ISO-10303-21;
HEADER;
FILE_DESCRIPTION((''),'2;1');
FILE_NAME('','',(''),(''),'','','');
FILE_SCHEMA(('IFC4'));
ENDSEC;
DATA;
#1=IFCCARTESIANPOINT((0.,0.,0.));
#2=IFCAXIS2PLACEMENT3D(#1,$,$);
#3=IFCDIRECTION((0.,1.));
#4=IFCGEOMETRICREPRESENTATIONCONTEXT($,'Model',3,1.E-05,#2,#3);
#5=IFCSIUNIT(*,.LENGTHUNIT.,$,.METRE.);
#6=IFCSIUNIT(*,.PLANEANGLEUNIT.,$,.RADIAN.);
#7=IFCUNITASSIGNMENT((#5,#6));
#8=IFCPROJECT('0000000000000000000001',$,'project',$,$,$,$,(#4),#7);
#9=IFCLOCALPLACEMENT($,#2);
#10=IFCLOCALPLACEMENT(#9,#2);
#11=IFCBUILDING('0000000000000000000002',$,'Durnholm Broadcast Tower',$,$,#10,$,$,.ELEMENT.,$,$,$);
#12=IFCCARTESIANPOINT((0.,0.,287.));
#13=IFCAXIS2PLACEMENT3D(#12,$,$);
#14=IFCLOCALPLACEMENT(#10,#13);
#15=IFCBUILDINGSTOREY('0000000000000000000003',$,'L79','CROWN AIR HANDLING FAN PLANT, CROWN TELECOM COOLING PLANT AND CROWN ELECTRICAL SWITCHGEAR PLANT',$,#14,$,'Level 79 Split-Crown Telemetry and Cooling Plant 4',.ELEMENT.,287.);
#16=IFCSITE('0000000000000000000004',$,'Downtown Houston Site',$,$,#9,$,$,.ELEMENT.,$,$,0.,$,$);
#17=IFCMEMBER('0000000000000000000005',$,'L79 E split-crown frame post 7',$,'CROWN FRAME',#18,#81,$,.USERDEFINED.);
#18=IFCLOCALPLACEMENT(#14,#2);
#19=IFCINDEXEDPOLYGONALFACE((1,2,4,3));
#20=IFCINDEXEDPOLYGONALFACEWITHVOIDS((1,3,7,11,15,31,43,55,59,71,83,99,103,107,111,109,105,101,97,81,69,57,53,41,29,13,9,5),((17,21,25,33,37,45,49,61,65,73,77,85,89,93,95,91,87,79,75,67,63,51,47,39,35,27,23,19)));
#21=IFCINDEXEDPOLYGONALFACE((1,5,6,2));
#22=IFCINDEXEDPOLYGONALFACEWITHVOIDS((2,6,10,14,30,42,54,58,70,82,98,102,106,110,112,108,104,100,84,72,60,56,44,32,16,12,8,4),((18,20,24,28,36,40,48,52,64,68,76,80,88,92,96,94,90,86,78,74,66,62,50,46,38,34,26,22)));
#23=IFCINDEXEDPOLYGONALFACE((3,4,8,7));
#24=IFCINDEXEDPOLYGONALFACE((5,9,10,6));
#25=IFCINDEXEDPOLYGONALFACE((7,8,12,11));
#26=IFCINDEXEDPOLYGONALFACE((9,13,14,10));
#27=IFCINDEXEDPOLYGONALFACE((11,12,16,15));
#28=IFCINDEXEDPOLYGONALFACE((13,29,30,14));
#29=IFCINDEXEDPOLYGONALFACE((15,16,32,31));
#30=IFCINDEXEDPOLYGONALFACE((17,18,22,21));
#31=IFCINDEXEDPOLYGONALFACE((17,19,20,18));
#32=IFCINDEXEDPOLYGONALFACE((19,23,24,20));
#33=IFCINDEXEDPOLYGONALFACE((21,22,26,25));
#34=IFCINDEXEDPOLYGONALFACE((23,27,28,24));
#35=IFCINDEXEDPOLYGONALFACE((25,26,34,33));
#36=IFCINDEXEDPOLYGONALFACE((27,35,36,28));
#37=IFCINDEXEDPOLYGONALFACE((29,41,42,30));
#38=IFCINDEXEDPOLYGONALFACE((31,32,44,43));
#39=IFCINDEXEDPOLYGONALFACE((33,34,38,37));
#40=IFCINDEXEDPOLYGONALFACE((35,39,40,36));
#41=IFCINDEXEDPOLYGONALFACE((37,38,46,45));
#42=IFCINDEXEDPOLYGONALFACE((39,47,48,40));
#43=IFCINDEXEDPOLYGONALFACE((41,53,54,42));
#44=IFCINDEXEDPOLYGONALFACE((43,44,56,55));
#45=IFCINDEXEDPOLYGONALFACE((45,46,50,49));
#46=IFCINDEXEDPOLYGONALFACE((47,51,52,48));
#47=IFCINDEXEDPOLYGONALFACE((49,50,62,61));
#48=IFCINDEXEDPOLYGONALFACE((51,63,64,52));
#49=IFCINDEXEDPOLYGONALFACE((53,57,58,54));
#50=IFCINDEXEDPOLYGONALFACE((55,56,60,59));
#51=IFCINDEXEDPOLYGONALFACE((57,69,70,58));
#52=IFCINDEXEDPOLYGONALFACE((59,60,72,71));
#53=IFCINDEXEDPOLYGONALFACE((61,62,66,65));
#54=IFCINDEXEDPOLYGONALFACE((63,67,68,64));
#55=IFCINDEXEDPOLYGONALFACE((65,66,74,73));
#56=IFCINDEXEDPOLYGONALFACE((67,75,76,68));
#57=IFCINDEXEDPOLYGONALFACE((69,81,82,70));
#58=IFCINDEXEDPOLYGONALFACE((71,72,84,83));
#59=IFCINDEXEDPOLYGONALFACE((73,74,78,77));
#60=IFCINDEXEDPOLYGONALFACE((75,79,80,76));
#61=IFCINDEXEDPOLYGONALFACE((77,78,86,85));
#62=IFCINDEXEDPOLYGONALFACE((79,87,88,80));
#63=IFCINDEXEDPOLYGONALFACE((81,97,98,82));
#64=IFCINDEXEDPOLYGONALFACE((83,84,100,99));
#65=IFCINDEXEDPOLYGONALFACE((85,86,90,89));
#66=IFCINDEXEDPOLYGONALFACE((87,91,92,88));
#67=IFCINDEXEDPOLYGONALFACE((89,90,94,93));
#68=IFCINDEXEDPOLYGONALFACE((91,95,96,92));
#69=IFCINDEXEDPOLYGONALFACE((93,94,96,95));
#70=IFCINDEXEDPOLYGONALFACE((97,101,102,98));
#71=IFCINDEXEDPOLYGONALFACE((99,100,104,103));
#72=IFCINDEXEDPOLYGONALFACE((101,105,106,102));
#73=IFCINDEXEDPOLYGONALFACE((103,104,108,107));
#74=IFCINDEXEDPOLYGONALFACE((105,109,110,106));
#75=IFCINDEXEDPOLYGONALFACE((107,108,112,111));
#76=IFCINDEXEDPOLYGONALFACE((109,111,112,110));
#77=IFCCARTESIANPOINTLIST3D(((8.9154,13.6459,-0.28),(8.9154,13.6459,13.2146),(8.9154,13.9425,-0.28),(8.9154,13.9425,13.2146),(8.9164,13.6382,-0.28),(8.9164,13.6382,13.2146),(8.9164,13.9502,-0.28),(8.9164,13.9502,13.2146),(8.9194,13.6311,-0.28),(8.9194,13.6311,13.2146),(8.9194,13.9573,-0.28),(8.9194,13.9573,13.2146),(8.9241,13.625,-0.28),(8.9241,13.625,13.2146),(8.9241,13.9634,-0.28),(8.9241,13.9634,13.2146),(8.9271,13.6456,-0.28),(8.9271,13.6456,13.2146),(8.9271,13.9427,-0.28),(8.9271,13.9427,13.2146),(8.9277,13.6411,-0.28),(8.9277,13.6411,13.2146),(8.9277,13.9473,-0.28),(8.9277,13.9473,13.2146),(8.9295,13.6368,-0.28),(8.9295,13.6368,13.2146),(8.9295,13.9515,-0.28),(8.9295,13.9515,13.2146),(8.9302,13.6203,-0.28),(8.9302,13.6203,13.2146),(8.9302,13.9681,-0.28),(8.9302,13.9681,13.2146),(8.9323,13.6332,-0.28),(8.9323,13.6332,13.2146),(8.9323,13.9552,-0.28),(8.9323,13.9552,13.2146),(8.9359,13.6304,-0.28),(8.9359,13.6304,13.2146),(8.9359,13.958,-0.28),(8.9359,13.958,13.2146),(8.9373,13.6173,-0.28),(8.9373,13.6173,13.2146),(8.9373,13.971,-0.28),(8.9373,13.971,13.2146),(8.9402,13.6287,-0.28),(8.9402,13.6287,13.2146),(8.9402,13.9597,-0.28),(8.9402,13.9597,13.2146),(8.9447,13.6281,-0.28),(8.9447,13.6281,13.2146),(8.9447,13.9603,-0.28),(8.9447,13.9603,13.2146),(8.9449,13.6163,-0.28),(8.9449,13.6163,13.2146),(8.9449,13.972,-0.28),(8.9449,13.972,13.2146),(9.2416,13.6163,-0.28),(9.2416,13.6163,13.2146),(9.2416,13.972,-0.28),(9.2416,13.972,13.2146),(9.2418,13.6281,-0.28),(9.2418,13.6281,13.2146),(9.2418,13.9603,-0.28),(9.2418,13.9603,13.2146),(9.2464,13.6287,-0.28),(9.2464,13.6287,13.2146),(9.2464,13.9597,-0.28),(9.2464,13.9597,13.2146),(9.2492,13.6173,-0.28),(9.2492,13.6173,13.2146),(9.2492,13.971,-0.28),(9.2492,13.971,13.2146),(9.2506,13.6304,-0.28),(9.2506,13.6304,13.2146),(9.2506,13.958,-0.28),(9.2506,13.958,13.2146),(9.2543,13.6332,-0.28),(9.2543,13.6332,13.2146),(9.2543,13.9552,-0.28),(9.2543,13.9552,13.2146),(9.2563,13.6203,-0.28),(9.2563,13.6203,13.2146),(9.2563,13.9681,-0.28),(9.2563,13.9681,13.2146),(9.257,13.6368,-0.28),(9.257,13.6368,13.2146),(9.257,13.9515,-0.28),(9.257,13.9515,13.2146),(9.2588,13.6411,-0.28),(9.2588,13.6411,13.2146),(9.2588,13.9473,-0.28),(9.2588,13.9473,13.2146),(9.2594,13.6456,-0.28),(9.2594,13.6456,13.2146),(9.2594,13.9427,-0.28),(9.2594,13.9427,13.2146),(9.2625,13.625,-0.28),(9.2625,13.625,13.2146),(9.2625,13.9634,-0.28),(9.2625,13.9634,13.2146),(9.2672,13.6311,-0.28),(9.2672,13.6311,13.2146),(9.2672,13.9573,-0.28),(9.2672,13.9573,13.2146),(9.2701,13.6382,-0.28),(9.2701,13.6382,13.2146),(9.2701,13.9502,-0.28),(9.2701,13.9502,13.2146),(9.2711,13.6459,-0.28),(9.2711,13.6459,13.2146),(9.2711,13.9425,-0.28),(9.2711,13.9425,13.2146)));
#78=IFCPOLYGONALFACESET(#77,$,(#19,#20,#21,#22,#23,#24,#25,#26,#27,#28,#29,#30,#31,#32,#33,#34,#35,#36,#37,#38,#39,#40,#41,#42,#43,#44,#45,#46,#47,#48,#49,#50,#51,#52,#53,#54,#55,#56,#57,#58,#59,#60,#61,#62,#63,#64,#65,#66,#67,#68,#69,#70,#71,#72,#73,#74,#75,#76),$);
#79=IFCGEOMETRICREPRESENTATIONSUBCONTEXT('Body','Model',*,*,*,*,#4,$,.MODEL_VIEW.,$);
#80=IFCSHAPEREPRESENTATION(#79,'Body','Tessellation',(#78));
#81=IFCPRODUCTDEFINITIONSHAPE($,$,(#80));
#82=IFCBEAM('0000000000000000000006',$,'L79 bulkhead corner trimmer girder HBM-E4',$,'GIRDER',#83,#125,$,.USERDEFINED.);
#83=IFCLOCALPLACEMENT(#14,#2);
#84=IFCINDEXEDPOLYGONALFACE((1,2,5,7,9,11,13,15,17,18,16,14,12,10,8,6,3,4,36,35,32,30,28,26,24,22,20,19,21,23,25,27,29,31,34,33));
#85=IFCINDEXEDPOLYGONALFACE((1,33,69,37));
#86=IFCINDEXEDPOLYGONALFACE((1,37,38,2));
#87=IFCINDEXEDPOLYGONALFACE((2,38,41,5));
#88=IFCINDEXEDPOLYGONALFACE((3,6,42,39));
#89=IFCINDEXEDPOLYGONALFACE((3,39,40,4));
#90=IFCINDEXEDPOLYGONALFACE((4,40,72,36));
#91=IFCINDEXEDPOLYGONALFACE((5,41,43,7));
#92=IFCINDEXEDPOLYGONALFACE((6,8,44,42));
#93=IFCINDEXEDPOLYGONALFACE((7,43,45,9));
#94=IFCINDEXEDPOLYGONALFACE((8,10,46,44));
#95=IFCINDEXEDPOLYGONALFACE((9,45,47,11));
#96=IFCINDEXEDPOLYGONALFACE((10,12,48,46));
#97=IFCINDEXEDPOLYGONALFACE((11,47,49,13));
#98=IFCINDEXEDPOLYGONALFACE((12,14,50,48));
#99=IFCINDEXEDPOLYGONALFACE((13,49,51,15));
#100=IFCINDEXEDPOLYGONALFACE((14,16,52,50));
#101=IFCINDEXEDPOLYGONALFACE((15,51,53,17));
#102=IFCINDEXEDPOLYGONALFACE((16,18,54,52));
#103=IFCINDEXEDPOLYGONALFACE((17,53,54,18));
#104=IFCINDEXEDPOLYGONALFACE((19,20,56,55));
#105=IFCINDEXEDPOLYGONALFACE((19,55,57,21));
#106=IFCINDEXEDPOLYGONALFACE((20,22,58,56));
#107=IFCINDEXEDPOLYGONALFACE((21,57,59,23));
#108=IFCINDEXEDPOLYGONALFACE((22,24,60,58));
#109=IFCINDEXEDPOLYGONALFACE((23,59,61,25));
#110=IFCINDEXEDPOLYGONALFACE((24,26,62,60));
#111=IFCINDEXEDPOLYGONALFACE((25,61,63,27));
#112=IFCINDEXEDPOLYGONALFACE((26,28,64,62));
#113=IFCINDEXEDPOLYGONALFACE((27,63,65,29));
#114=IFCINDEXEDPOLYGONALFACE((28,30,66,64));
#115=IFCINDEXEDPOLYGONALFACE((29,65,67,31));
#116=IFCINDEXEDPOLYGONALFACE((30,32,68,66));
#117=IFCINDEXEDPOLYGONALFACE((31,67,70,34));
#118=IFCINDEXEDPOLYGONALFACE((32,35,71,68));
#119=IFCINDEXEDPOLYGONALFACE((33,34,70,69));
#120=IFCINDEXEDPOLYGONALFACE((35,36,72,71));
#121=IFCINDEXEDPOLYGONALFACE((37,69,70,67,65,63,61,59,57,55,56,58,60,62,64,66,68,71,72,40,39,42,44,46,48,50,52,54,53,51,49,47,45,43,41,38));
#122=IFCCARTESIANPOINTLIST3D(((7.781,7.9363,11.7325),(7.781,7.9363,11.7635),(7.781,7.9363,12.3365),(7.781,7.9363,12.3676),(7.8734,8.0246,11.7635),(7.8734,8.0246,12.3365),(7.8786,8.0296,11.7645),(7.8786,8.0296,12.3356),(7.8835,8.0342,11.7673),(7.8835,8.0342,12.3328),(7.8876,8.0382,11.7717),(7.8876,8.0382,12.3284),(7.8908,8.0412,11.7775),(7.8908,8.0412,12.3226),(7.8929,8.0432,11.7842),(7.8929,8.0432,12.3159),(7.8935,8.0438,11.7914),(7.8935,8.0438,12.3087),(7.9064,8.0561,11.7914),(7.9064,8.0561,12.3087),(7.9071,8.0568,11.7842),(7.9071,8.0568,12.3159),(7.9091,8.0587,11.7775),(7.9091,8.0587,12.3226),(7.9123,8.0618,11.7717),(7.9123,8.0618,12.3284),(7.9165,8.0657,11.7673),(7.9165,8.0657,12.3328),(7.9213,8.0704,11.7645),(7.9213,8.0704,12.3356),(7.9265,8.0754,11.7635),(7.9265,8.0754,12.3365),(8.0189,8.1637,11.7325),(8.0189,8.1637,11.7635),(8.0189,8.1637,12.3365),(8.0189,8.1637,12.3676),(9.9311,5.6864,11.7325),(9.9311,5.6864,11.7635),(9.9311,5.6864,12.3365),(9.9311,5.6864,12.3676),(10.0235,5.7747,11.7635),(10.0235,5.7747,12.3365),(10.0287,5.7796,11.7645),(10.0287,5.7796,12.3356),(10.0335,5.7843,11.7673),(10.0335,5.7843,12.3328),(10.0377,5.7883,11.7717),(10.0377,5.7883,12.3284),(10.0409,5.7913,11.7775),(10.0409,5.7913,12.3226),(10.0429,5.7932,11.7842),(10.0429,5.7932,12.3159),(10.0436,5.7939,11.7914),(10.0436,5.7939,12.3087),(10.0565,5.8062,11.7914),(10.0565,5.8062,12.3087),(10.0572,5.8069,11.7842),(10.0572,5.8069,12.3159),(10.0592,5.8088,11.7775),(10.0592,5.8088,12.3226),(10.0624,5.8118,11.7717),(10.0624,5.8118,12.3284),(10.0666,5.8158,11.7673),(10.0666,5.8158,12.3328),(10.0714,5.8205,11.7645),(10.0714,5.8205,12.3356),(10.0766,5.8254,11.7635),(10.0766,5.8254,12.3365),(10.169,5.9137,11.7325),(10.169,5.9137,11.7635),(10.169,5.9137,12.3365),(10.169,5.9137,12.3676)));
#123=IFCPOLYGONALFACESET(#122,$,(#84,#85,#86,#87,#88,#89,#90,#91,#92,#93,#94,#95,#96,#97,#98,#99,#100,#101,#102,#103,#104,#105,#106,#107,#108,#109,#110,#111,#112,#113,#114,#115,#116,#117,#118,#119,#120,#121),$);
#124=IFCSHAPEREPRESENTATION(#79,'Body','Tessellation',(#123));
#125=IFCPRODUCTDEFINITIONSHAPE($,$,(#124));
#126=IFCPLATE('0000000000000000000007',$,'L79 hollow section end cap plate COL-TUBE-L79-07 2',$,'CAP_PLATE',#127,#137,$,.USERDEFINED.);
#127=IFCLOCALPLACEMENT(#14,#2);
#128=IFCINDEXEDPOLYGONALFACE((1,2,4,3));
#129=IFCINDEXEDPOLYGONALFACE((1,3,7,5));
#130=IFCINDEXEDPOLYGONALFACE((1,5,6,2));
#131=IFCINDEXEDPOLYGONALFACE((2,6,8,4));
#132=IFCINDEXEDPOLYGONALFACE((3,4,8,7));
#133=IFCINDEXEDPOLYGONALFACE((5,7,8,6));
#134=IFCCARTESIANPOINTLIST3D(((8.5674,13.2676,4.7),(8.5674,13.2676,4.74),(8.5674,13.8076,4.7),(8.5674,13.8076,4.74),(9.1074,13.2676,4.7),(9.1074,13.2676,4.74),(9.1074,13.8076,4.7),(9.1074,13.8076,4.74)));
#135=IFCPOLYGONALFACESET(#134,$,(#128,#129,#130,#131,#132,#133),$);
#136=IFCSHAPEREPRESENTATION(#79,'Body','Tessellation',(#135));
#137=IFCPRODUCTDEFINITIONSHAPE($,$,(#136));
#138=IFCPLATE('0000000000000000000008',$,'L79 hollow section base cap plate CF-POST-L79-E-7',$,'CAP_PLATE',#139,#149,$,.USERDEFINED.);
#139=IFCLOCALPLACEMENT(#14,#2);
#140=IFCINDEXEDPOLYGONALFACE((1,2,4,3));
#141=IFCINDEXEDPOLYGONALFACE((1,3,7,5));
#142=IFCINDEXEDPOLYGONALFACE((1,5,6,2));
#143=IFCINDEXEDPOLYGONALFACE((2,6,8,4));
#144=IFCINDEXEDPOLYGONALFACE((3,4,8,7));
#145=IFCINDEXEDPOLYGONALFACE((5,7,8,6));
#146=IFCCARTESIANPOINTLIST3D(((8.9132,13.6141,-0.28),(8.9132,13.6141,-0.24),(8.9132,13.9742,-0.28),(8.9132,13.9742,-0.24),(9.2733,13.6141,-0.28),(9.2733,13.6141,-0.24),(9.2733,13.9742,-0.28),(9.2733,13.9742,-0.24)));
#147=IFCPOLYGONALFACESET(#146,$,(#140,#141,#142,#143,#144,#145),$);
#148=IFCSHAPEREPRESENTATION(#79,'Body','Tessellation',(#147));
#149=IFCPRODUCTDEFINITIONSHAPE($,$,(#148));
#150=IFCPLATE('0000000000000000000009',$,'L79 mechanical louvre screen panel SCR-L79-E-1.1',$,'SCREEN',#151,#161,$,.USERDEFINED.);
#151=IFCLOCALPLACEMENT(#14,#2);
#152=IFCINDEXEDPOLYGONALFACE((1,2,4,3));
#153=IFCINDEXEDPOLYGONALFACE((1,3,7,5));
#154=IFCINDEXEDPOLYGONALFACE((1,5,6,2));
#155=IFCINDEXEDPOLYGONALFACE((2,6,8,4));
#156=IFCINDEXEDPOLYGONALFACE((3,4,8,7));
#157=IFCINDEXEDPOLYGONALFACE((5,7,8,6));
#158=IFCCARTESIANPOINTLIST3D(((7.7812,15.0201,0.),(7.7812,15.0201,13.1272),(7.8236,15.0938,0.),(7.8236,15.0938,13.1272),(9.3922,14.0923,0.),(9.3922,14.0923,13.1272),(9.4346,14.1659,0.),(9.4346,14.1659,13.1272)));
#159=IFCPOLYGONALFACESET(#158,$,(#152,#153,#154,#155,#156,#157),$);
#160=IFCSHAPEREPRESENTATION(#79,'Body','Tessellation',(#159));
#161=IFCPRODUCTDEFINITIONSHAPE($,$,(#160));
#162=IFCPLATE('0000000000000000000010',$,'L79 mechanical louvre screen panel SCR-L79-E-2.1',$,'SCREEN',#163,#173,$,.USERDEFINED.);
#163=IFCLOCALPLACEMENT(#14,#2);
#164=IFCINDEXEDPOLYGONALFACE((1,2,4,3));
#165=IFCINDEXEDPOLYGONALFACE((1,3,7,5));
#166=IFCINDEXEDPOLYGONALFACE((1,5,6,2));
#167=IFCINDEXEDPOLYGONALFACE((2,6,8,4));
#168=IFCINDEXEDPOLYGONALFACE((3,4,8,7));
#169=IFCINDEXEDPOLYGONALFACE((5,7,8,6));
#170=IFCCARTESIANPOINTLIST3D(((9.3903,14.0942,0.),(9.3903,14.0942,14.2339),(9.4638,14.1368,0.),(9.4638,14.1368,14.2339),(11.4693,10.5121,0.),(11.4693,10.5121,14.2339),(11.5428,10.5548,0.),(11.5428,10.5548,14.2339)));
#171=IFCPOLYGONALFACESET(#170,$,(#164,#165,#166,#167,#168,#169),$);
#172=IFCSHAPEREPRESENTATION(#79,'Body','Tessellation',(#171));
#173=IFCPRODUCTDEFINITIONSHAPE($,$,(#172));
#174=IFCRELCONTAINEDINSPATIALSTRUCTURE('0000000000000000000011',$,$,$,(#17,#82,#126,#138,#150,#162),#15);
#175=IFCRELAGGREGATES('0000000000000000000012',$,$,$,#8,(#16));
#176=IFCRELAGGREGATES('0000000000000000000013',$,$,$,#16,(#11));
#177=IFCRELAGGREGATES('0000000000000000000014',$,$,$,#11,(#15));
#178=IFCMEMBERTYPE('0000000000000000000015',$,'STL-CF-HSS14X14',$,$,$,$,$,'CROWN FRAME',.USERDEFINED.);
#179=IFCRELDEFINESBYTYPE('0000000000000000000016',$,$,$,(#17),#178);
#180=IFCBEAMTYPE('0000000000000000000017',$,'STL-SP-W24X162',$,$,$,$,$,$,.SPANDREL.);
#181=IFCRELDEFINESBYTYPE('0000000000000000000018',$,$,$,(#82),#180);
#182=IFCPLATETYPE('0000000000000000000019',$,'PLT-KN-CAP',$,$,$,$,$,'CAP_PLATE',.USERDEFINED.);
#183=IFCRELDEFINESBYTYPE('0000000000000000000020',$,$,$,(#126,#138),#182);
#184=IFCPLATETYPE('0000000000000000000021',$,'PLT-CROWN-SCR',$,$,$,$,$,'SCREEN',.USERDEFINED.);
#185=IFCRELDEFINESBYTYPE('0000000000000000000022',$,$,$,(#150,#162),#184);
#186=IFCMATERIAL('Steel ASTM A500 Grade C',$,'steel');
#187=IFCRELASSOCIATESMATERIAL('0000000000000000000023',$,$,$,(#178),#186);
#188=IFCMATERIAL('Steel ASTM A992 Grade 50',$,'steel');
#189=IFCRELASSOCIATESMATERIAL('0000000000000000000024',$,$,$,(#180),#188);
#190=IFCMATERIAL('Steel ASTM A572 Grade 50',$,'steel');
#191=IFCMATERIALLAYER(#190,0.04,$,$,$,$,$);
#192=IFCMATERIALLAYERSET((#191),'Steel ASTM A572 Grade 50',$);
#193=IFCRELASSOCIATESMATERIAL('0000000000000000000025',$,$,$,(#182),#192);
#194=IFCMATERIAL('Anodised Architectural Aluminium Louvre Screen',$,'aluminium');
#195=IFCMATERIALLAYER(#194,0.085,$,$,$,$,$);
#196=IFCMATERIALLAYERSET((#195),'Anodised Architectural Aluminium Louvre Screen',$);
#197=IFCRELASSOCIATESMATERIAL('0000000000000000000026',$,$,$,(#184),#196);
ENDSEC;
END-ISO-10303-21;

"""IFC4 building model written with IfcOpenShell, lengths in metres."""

from ifc_helpers import new_model, si_unit, direction, frame, origin, origin_2d, place, context, subcontext, project, spatial, rectangle, hollow_rectangle, i_section, extrude, source, transform, mapped, material, layer, layer_set, material_profile, profile_set, type_object, type_shapes, element, save


model = new_model("IFC4")

# Units and contexts
model_context = context("Model", 3, precision=1e-05, world=origin(), true_north=direction((0.0, 1.0)))
body_context = subcontext(model_context, "Body", "Model", "MODEL_VIEW")
ifc_project = project(units=[si_unit("LENGTHUNIT", "METRE"), si_unit("PLANEANGLEUNIT", "RADIAN")], contexts=[model_context])

# Site, building, storey
site_placement = place(None, origin())
site = spatial("IfcSite", under=ifc_project, at=site_placement, Name="Downtown Houston Site", CompositionType="ELEMENT", RefElevation=0.0)
building_placement = place(site_placement, origin())
building = spatial("IfcBuilding", under=site, at=building_placement, Name="Durnholm Broadcast Tower", CompositionType="ELEMENT")
storey_placement = place(building_placement, frame((0.0, 0.0, 287.0)))
storey = spatial("IfcBuildingStorey", under=building, at=storey_placement, Name="L79", Description="CROWN AIR HANDLING FAN PLANT, CROWN TELECOM COOLING PLANT AND CROWN ELECTRICAL SWITCHGEAR PLANT", LongName="Level 79 Split-Crown Telemetry and Cooling Plant 4", CompositionType="ELEMENT", Elevation=287.0)

# Shared definitions
ifc_material_1 = material(Name="Steel ASTM A500 Grade C", Category="steel")

# Shared definitions
ifc_material_2 = material(Name="Steel ASTM A992 Grade 50", Category="steel")

# Member
ifc_material_profile_1 = material_profile(ifc_material_1, hollow_rectangle(XDim=0.3557, YDim=0.3557, WallThickness=0.0117, InnerFilletRadius=0.0176, OuterFilletRadius=0.0295, at=origin_2d()), Name="HSS14X14X1/2")
ifc_profile_set_1 = profile_set([ifc_material_profile_1], Name="Steel ASTM A500 Grade C")
member_type_1 = type_object("IfcMemberType", Name="STL-CF-HSS14X14", ElementType="CROWN FRAME", PredefinedType="USERDEFINED", material=ifc_profile_set_1)
shared_shape_1 = source(origin(), body_context, "Body", "SweptSolid", [
    extrude(hollow_rectangle(XDim=0.3557, YDim=0.3557, WallThickness=0.0117, InnerFilletRadius=0.0176, OuterFilletRadius=0.0295, at=origin_2d()), origin(), (0.0, 0.0, 1.0), 13.4946),
])
type_shapes(member_type_1, [shared_shape_1])
member_1_placement = place(storey_placement, frame((9.0933, 13.7942, -0.28), z_axis=(0.0, 0.0, 1.0), x_axis=(1.0, 0.0, 0.0)))
element("IfcMember", 1, at=member_1_placement, inside=storey, type_object=member_type_1, Name="L79 E split-crown frame post 7", ObjectType="CROWN FRAME", PredefinedType="USERDEFINED", context=body_context, shape_type="MappedRepresentation", body=[
    mapped(shared_shape_1, transform((0.0, 0.0, 0.0), x_axis=(1.0, 0.0, 0.0), y_axis=(0.0, 1.0, 0.0), z_axis=(0.0, 0.0, 1.0), scale=1.0)),
])

# Beam
ifc_material_profile_2 = material_profile(ifc_material_2, i_section(OverallWidth=0.3291, OverallDepth=0.635, WebThickness=0.0178, FlangeThickness=0.031, FilletRadius=0.0278, at=origin_2d()), Name="W24X162")
ifc_profile_set_2 = profile_set([ifc_material_profile_2], Name="Steel ASTM A992 Grade 50")
beam_type_1 = type_object("IfcBeamType", Name="STL-SP-W24X162", PredefinedType="SPANDREL", material=ifc_profile_set_2)
shared_shape_2 = source(origin(), body_context, "Body", "SweptSolid", [
    extrude(i_section(OverallWidth=0.3291, OverallDepth=0.635, WebThickness=0.0178, FlangeThickness=0.031, FilletRadius=0.0278, at=origin_2d()), origin(), (0.0, 0.0, 1.0), 3.1121),
])
type_shapes(beam_type_1, [shared_shape_2])
beam_1_placement = place(storey_placement, frame((10.05, 5.8, 12.05), z_axis=(-0.690882, 0.722967, 0.0), x_axis=(-0.722967, -0.690882, 0.0)))
element("IfcBeam", 2, at=beam_1_placement, inside=storey, type_object=beam_type_1, Name="L79 bulkhead corner trimmer girder HBM-E4", ObjectType="GIRDER", PredefinedType="USERDEFINED", context=body_context, shape_type="MappedRepresentation", body=[
    mapped(shared_shape_2, transform((0.0, 0.0, 0.0), x_axis=(1.0, 0.0, 0.0), y_axis=(0.0, 1.0, 0.0), z_axis=(0.0, 0.0, 1.0), scale=1.0)),
])

# Plates
ifc_material_3 = material(Name="Steel ASTM A572 Grade 50", Category="steel")
ifc_layer_1 = layer(ifc_material_3, 0.04)
ifc_layer_set_1 = layer_set([ifc_layer_1], Name="Steel ASTM A572 Grade 50")
plate_type_1 = type_object("IfcPlateType", Name="PLT-KN-CAP", ElementType="CAP_PLATE", PredefinedType="USERDEFINED", material=ifc_layer_set_1)
shared_shape_3 = source(origin(), body_context, "Body", "SweptSolid", [
    extrude(rectangle(XDim=0.54, YDim=0.54, at=origin_2d()), origin(), (0.0, 0.0, 1.0), 0.04),
])
plate_1_placement = place(storey_placement, frame((8.8374, 13.5376, 4.7), z_axis=(0.0, 0.0, 1.0), x_axis=(1.0, 0.0, 0.0)))
element("IfcPlate", 3, at=plate_1_placement, inside=storey, type_object=plate_type_1, Name="L79 hollow section end cap plate COL-TUBE-L79-07 2", ObjectType="CAP_PLATE", PredefinedType="USERDEFINED", context=body_context, shape_type="MappedRepresentation", body=[
    mapped(shared_shape_3, transform((0.0, 0.0, 0.0), x_axis=(1.0, 0.0, 0.0), y_axis=(0.0, 1.0, 0.0), z_axis=(0.0, 0.0, 1.0), scale=1.0)),
])
shared_shape_4 = source(origin(), body_context, "Body", "SweptSolid", [
    extrude(rectangle(XDim=0.3601, YDim=0.3601, at=origin_2d()), origin(), (0.0, 0.0, 1.0), 0.04),
])
type_shapes(plate_type_1, [shared_shape_3, shared_shape_4])
plate_2_placement = place(storey_placement, frame((9.0933, 13.7942, -0.28), z_axis=(0.0, 0.0, 1.0), x_axis=(1.0, 0.0, 0.0)))
element("IfcPlate", 4, at=plate_2_placement, inside=storey, type_object=plate_type_1, Name="L79 hollow section base cap plate CF-POST-L79-E-7", ObjectType="CAP_PLATE", PredefinedType="USERDEFINED", context=body_context, shape_type="MappedRepresentation", body=[
    mapped(shared_shape_4, transform((0.0, 0.0, 0.0), x_axis=(1.0, 0.0, 0.0), y_axis=(0.0, 1.0, 0.0), z_axis=(0.0, 0.0, 1.0), scale=1.0)),
])
ifc_material_4 = material(Name="Anodised Architectural Aluminium Louvre Screen", Category="aluminium")
ifc_layer_2 = layer(ifc_material_4, 0.085)
ifc_layer_set_2 = layer_set([ifc_layer_2], Name="Anodised Architectural Aluminium Louvre Screen")
plate_type_2 = type_object("IfcPlateType", Name="PLT-CROWN-SCR", ElementType="SCREEN", PredefinedType="USERDEFINED", material=ifc_layer_set_2)
shared_shape_5 = source(origin(), body_context, "Body", "SweptSolid", [
    extrude(rectangle(XDim=1.8591, YDim=0.085, at=origin_2d()), origin(), (0.0, 0.0, 1.0), 13.1272),
])
plate_3_placement = place(storey_placement, frame((8.6079, 14.593, 0.0), z_axis=(0.0, 0.0, 1.0), x_axis=(0.866549, -0.499093, 0.0)))
element("IfcPlate", 5, at=plate_3_placement, inside=storey, type_object=plate_type_2, Name="L79 mechanical louvre screen panel SCR-L79-E-1.1", ObjectType="SCREEN", PredefinedType="USERDEFINED", context=body_context, shape_type="MappedRepresentation", body=[
    mapped(shared_shape_5, transform((0.0, 0.0, 0.0), x_axis=(1.0, 0.0, 0.0), y_axis=(0.0, 1.0, 0.0), z_axis=(0.0, 0.0, 1.0), scale=1.0)),
])
shared_shape_6 = source(origin(), body_context, "Body", "SweptSolid", [
    extrude(rectangle(XDim=4.1416, YDim=0.085, at=origin_2d()), origin(), (0.0, 0.0, 1.0), 14.2339),
])
type_shapes(plate_type_2, [shared_shape_5, shared_shape_6])
for number, where, z_axis, x_axis, name in (
    (6, (10.4666, 12.3245, 0.0), (0.0, 0.0, 1.0), (0.501964, -0.864889, 0.0), "L79 mechanical louvre screen panel SCR-L79-E-2.1"),
):
    element("IfcPlate", number, at=place(storey_placement, frame(where, z_axis=z_axis, x_axis=x_axis)), inside=storey, type_object=plate_type_2, Name=name, ObjectType="SCREEN", PredefinedType="USERDEFINED", context=body_context, shape_type="MappedRepresentation", body=[
        mapped(shared_shape_6, transform((0.0, 0.0, 0.0), x_axis=(1.0, 0.0, 0.0), y_axis=(0.0, 1.0, 0.0), z_axis=(0.0, 0.0, 1.0), scale=1.0)),
    ])

save(model, "model.ifc")
